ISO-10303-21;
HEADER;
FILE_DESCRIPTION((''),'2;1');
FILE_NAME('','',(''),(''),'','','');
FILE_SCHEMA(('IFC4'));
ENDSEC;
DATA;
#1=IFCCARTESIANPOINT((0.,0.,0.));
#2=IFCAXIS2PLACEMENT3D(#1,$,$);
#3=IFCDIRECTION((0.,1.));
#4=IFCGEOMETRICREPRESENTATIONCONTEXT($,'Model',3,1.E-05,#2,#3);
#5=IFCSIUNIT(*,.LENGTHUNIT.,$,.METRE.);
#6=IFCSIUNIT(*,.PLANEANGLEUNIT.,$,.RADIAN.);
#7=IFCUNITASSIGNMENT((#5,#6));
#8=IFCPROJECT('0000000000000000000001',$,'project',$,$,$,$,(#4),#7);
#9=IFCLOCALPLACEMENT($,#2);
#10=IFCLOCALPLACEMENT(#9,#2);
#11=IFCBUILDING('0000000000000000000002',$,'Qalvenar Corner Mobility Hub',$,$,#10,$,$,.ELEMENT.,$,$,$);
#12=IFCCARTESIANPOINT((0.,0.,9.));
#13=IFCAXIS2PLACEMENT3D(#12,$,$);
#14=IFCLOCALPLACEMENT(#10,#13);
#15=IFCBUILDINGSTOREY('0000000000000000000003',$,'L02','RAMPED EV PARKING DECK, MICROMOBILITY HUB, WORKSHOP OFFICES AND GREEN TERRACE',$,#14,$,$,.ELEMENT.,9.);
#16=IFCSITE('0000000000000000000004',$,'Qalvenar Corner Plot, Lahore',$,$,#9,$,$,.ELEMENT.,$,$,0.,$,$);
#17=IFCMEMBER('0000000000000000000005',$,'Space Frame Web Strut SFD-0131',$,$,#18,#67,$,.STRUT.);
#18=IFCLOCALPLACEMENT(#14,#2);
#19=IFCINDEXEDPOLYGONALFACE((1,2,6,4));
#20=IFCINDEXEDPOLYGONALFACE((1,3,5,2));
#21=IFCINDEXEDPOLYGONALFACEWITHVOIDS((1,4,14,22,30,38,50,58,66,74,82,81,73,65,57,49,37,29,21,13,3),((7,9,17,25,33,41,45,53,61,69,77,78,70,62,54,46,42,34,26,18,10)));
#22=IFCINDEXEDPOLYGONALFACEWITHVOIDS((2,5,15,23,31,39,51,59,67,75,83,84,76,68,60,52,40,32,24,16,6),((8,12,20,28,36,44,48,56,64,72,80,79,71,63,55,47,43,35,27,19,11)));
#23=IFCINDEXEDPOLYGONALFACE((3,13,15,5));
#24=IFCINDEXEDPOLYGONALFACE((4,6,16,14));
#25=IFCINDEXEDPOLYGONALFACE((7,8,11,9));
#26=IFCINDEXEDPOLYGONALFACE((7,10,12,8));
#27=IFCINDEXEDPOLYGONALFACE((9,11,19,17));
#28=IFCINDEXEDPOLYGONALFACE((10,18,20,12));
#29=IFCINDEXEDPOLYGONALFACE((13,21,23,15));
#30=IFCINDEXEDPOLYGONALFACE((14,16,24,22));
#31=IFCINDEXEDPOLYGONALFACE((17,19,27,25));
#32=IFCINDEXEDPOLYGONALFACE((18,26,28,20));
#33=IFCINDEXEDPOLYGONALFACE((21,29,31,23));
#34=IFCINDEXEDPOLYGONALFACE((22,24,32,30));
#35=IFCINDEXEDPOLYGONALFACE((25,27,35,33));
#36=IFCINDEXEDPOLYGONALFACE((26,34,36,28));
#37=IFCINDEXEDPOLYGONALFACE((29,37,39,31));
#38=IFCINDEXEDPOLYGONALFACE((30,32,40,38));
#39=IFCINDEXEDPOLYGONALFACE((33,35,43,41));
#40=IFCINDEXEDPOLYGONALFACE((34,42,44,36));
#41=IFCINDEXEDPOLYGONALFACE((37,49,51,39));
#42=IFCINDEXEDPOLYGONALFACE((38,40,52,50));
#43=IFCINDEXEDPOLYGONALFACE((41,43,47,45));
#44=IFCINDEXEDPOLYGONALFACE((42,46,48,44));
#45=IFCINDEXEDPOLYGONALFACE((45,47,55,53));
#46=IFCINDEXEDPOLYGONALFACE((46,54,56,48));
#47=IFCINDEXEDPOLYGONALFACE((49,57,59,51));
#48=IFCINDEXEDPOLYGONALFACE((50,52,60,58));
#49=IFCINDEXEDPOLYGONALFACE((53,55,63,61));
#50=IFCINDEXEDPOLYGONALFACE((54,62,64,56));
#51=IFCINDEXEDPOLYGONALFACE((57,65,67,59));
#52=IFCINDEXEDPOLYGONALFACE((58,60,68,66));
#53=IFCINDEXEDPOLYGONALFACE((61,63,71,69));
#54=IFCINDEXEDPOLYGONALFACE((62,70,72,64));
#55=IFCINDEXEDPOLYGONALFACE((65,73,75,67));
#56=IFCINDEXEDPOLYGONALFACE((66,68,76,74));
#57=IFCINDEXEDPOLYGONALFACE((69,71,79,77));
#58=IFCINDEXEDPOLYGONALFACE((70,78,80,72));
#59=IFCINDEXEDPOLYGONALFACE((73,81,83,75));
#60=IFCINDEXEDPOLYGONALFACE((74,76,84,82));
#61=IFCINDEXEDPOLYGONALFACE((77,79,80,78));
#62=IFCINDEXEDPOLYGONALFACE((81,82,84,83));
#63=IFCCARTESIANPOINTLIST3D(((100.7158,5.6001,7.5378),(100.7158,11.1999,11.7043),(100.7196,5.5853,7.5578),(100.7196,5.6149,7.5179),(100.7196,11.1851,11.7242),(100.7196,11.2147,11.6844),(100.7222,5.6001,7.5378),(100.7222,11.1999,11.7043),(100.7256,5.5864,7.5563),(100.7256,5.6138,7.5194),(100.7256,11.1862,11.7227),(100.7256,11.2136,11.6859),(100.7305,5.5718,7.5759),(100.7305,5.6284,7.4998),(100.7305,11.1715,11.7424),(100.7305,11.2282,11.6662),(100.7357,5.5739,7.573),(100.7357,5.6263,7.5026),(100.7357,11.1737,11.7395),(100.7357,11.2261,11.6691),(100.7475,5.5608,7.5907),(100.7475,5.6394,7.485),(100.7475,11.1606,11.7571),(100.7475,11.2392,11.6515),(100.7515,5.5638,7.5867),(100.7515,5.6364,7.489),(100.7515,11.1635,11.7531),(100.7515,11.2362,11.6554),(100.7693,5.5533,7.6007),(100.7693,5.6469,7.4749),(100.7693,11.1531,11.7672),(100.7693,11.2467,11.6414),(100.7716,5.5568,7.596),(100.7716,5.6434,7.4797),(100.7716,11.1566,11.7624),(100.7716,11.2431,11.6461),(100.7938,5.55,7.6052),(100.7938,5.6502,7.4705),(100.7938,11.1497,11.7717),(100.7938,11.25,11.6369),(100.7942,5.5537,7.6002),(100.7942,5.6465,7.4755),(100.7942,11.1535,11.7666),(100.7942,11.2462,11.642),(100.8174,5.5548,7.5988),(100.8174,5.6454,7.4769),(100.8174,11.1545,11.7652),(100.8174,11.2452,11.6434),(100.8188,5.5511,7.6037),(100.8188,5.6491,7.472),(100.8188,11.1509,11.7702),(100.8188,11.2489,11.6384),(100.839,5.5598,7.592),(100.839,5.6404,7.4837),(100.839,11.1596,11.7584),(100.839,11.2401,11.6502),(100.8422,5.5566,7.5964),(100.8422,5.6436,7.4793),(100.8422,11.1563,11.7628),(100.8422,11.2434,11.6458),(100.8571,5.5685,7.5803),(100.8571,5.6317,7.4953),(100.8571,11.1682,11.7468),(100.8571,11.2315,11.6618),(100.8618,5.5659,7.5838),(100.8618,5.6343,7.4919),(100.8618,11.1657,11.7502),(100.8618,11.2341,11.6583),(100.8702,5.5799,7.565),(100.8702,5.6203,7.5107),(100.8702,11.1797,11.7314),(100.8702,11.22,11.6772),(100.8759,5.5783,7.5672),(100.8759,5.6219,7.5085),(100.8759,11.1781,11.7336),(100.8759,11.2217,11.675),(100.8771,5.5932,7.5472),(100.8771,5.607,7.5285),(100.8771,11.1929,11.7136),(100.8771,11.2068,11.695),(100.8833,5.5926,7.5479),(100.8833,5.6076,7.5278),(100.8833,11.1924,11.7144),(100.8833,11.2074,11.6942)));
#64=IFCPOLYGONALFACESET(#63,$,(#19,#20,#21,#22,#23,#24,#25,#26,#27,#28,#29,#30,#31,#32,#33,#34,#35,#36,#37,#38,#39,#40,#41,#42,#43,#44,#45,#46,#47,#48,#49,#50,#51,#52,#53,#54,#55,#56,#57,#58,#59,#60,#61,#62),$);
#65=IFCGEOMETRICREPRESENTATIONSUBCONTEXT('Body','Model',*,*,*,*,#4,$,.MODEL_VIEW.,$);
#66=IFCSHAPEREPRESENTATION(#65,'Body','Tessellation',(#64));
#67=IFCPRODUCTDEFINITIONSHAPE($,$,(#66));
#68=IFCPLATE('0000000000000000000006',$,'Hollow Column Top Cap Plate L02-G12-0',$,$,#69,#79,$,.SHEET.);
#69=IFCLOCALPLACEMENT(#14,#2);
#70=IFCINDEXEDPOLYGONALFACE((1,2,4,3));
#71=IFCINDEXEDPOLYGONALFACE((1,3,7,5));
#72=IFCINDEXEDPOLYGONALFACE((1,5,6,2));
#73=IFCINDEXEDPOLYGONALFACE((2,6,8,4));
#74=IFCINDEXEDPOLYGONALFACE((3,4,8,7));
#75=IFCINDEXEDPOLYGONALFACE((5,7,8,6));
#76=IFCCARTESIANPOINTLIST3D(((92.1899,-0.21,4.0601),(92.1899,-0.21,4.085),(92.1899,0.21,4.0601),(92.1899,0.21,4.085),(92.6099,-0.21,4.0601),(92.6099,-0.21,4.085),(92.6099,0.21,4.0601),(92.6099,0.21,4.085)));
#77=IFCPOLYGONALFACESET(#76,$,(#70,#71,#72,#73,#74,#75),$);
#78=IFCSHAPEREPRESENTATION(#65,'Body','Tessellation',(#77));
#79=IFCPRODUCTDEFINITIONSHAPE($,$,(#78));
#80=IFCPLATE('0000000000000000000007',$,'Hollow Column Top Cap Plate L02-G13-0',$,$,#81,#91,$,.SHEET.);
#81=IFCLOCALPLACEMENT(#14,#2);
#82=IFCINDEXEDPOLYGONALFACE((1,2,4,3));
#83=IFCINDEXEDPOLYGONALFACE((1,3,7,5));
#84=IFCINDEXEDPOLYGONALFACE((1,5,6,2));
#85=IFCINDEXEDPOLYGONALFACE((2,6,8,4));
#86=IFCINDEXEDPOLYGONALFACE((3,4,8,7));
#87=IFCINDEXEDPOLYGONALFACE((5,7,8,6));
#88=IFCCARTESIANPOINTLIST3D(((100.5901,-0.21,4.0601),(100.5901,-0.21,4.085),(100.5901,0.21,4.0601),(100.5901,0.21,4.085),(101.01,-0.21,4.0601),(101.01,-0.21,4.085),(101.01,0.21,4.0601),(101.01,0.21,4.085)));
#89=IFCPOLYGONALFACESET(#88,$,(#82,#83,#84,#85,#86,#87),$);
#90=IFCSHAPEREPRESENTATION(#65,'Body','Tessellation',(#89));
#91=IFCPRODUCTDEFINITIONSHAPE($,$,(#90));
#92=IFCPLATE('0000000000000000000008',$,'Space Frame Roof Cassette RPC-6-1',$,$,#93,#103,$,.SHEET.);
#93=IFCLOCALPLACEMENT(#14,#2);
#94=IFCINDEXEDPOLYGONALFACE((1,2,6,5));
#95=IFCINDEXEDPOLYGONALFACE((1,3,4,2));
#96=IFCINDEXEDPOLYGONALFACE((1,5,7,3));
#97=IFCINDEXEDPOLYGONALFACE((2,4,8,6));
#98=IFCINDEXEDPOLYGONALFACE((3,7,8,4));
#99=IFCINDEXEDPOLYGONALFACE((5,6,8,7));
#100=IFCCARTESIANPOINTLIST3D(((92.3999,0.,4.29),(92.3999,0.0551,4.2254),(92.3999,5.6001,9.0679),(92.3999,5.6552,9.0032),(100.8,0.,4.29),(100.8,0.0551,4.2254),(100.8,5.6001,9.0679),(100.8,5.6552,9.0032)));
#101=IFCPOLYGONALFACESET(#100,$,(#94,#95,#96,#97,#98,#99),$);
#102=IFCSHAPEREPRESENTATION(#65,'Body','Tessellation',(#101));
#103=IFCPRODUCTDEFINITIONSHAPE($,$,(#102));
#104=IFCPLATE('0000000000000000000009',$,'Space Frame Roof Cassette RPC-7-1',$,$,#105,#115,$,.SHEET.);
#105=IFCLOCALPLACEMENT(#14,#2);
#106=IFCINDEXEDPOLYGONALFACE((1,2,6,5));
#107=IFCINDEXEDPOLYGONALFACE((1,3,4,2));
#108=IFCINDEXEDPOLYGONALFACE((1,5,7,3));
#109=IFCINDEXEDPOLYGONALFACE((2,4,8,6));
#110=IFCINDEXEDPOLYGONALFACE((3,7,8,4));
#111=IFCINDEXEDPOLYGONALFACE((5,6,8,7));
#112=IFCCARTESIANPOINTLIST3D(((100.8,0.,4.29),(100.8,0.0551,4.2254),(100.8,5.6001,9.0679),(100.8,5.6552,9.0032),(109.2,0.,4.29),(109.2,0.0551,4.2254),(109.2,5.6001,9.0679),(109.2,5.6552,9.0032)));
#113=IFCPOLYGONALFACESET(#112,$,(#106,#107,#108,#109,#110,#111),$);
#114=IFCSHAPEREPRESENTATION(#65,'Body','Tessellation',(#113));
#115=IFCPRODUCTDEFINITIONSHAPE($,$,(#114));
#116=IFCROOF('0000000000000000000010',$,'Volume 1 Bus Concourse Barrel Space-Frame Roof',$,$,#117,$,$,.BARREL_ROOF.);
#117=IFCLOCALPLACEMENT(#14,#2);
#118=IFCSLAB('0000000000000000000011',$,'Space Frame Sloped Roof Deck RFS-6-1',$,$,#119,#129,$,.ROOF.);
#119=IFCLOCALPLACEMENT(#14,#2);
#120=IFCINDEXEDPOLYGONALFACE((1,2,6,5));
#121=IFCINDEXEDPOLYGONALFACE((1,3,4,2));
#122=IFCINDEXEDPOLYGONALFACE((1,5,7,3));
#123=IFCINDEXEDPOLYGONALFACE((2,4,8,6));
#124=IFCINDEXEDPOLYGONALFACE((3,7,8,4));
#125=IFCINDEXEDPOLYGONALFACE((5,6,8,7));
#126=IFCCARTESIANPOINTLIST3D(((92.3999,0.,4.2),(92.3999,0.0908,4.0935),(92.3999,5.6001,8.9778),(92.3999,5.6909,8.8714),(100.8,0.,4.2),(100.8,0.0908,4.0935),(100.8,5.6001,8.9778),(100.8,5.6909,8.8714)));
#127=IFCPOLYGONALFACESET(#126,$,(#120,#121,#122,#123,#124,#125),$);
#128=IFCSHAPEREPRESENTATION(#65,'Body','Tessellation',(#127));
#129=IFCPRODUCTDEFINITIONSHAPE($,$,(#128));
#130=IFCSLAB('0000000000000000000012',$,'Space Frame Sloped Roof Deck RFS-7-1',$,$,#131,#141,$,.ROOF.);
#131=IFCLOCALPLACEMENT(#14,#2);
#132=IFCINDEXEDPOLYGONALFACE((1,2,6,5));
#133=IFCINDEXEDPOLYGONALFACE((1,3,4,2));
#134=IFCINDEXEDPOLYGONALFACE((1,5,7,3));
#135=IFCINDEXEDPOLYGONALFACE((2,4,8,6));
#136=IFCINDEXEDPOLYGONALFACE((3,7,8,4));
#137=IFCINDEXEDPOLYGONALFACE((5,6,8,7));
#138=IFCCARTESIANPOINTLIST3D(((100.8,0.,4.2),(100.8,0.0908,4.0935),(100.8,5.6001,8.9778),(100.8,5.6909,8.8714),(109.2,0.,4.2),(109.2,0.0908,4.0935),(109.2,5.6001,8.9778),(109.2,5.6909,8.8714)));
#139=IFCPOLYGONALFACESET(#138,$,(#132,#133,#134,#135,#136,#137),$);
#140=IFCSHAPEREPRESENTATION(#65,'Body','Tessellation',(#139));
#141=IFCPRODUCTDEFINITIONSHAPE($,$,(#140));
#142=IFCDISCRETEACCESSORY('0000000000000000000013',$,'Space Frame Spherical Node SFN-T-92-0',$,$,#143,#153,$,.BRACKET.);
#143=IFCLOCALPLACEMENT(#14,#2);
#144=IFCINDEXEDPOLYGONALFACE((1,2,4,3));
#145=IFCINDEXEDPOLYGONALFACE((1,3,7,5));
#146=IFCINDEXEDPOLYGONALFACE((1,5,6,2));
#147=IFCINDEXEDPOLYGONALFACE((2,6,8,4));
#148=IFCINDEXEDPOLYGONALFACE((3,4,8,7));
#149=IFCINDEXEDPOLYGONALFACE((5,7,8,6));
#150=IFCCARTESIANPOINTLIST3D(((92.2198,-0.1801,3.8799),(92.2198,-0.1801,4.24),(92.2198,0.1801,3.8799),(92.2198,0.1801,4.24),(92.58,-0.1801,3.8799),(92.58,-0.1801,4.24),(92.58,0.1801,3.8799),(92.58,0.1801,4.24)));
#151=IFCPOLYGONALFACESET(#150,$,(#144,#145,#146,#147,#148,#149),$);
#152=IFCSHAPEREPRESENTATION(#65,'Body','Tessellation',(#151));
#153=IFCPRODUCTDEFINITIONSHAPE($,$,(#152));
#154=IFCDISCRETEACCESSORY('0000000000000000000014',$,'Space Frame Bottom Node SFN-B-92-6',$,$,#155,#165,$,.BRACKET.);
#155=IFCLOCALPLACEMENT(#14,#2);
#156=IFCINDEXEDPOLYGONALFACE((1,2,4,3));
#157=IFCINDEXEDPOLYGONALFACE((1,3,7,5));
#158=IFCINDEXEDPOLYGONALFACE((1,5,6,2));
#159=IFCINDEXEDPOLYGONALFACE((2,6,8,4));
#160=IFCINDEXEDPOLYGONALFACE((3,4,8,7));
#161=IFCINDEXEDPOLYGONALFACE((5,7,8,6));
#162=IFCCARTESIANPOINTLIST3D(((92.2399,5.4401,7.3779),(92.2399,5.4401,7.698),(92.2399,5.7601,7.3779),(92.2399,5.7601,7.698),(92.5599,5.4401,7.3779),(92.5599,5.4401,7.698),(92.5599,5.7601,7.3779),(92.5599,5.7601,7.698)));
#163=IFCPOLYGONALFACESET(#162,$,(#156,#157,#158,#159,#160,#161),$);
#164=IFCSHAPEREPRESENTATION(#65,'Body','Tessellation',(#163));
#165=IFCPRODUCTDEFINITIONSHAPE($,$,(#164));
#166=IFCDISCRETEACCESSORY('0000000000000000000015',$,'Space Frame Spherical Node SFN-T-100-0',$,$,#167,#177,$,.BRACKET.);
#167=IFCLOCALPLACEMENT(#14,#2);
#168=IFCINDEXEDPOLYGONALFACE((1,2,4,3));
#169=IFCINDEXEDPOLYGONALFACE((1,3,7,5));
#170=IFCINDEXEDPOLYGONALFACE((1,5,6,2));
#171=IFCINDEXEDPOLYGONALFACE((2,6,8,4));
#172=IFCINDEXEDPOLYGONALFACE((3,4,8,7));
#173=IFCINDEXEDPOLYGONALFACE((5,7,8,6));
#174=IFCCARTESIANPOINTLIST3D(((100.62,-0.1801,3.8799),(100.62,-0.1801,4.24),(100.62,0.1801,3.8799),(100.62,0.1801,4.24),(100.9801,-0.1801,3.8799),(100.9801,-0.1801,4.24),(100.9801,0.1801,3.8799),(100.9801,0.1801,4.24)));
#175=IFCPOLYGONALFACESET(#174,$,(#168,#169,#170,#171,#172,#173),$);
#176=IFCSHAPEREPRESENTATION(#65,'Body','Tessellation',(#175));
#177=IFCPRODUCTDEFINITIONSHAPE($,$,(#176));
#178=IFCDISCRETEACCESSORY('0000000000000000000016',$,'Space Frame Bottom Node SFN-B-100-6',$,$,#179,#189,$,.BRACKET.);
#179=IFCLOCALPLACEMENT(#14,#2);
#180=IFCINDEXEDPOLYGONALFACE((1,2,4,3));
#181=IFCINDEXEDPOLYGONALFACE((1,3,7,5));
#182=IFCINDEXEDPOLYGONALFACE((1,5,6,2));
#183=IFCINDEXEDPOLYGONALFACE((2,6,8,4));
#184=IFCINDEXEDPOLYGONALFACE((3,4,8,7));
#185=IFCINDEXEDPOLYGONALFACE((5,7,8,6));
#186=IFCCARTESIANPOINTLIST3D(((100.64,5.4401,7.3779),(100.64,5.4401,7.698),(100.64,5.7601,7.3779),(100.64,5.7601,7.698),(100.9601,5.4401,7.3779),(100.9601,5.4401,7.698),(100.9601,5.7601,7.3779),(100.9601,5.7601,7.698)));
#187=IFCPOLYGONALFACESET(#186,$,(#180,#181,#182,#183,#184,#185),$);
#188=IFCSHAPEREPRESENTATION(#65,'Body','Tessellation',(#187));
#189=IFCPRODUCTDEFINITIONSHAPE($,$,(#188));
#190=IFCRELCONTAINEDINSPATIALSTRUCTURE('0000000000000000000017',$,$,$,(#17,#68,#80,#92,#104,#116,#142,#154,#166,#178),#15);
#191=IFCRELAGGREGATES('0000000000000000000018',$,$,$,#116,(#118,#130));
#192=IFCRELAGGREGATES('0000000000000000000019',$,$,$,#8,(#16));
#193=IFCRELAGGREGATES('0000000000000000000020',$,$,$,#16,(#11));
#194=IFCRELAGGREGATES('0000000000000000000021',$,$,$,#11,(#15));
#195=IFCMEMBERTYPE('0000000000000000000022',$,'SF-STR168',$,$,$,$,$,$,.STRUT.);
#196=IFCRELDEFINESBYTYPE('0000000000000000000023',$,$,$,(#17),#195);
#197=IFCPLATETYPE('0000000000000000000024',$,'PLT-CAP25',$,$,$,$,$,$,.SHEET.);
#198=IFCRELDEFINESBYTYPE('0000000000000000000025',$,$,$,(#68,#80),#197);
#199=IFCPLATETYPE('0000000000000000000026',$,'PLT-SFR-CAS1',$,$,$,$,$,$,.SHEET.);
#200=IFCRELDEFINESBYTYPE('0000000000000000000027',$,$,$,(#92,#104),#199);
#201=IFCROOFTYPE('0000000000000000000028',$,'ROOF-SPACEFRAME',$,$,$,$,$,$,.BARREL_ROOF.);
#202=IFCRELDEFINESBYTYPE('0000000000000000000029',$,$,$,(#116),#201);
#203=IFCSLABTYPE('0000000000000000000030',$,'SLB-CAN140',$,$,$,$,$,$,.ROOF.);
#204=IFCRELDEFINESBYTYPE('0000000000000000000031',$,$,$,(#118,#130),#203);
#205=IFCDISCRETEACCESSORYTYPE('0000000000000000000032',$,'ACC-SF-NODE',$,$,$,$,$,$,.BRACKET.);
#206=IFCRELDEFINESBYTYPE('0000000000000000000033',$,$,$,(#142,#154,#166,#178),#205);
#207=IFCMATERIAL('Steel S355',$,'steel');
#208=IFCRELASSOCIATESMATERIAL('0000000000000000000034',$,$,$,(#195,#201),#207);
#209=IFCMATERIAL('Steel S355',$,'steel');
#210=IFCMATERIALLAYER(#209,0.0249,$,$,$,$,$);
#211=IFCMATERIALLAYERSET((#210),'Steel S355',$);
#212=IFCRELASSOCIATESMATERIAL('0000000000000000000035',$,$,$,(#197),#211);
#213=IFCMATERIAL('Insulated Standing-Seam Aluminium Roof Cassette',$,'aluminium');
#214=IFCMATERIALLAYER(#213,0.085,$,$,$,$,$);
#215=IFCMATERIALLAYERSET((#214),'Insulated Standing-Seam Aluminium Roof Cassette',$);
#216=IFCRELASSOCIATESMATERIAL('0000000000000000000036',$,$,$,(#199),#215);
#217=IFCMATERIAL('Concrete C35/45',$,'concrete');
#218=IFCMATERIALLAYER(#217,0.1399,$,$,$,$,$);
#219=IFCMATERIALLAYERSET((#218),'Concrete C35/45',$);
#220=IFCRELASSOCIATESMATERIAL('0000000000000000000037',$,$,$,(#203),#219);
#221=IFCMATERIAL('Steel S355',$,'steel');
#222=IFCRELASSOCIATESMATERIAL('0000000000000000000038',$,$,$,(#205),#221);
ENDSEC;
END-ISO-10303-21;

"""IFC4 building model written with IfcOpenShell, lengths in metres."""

from ifc_helpers import new_model, si_unit, direction, frame, origin, origin_2d, place, context, subcontext, project, spatial, polyline, rectangle, hollow_circle, outline, extrude, material, layer, layer_set, material_profile, profile_set, type_object, element, aggregate, save


model = new_model("IFC4")

# Units and contexts
model_context = context("Model", 3, precision=1e-05, world=origin(), true_north=direction((0.0, 1.0)))
body_context = subcontext(model_context, "Body", "Model", "MODEL_VIEW")
ifc_project = project(units=[si_unit("LENGTHUNIT", "METRE"), si_unit("PLANEANGLEUNIT", "RADIAN")], contexts=[model_context])

# Site, building, storey
site_placement = place(None, origin())
site = spatial("IfcSite", under=ifc_project, at=site_placement, Name="Qalvenar Corner Plot, Lahore", CompositionType="ELEMENT", RefElevation=0.0)
building_placement = place(site_placement, origin())
building = spatial("IfcBuilding", under=site, at=building_placement, Name="Qalvenar Corner Mobility Hub", CompositionType="ELEMENT")
storey_placement = place(building_placement, frame((0.0, 0.0, 9.0)))
storey = spatial("IfcBuildingStorey", under=building, at=storey_placement, Name="L02", Description="RAMPED EV PARKING DECK, MICROMOBILITY HUB, WORKSHOP OFFICES AND GREEN TERRACE", CompositionType="ELEMENT", Elevation=9.0)

# Shared definitions
ifc_material_1 = material(Name="Steel S355", Category="steel")

# Member
ifc_material_2 = material(Name="Steel S355", Category="steel")
ifc_material_profile_1 = material_profile(ifc_material_2, hollow_circle(Radius=0.0842, WallThickness=0.0063, at=origin_2d()), Name="CHS168.3x6.3")
ifc_profile_set_1 = profile_set([ifc_material_profile_1], Name="Steel S355")
member_type_1 = type_object("IfcMemberType", Name="SF-STR168", PredefinedType="STRUT", material=ifc_profile_set_1)
for number, where, z_axis, x_axis, name in (
    (1, (100.8, 5.6001, 7.5378), (0.0, 0.80229, 0.596934), (-1.0, 0.0, 0.0), "Space Frame Web Strut SFD-0131"),
):
    element("IfcMember", number, at=place(storey_placement, frame(where, z_axis=z_axis, x_axis=x_axis)), inside=storey, type_object=member_type_1, Name=name, PredefinedType="STRUT", context=body_context, shape_type="SweptSolid", body=[
        extrude(hollow_circle(Radius=0.0842, WallThickness=0.0063, at=origin_2d()), origin(), (0.0, 0.0, 1.0), 6.9797),
    ])

# Plates
ifc_material_3 = material(Name="Steel S355", Category="steel")
ifc_layer_1 = layer(ifc_material_3, 0.0249)
ifc_layer_set_1 = layer_set([ifc_layer_1], Name="Steel S355")
plate_type_1 = type_object("IfcPlateType", Name="PLT-CAP25", PredefinedType="SHEET", material=ifc_layer_set_1)
for number, where, z_axis, x_axis, name in (
    (2, (92.3999, 0.0, 4.0601), (0.0, 0.0, 1.0), (1.0, 0.0, 0.0), "Hollow Column Top Cap Plate L02-G12-0"),
    (3, (100.8, 0.0, 4.0601), (0.0, 0.0, 1.0), (1.0, 0.0, 0.0), "Hollow Column Top Cap Plate L02-G13-0"),
):
    element("IfcPlate", number, at=place(storey_placement, frame(where, z_axis=z_axis, x_axis=x_axis)), inside=storey, type_object=plate_type_1, Name=name, PredefinedType="SHEET", context=body_context, shape_type="SweptSolid", body=[
        extrude(rectangle(XDim=0.4199, YDim=0.4199, at=origin_2d()), origin(), (0.0, 0.0, 1.0), 0.0249),
    ])
ifc_material_4 = material(Name="Insulated Standing-Seam Aluminium Roof Cassette", Category="aluminium")
ifc_layer_2 = layer(ifc_material_4, 0.085)
ifc_layer_set_2 = layer_set([ifc_layer_2], Name="Insulated Standing-Seam Aluminium Roof Cassette")
plate_type_2 = type_object("IfcPlateType", Name="PLT-SFR-CAS1", PredefinedType="SHEET", material=ifc_layer_set_2)
plate_1_placement = place(storey_placement, frame((92.3999, 0.0, 4.29), z_axis=(0.0, -0.649047, 0.760748), x_axis=(1.0, 0.0, 0.0)))
element("IfcPlate", 4, at=plate_1_placement, inside=storey, type_object=plate_type_2, Name="Space Frame Roof Cassette RPC-6-1", PredefinedType="SHEET", context=body_context, shape_type="SweptSolid", body=[
    extrude(outline(polyline([(0.0, 0.0), (8.4001, 0.0), (8.4001, 7.3613), (0.0, 7.3613), (0.0, 0.0)])), origin(), (0.0, 0.0, -1.0), 0.085),
])
plate_2_placement = place(storey_placement, frame((100.8, 0.0, 4.29), z_axis=(0.0, -0.649047, 0.760748), x_axis=(1.0, 0.0, 0.0)))
element("IfcPlate", 5, at=plate_2_placement, inside=storey, type_object=plate_type_2, Name="Space Frame Roof Cassette RPC-7-1", PredefinedType="SHEET", context=body_context, shape_type="SweptSolid", body=[
    extrude(outline(polyline([(0.0, 0.0), (8.3999, 0.0), (8.3999, 7.3613), (0.0, 7.3613), (0.0, 0.0)])), origin(), (0.0, 0.0, -1.0), 0.085),
])

# Roof, slabs
roof_type = type_object("IfcRoofType", Name="ROOF-SPACEFRAME", PredefinedType="BARREL_ROOF", material=ifc_material_2)
roof_placement = place(storey_placement, origin())
roof = element("IfcRoof", 6, at=roof_placement, inside=storey, type_object=roof_type, Name="Volume 1 Bus Concourse Barrel Space-Frame Roof", PredefinedType="BARREL_ROOF")
ifc_material_5 = material(Name="Concrete C35/45", Category="concrete")
ifc_layer_3 = layer(ifc_material_5, 0.1399)
ifc_layer_set_3 = layer_set([ifc_layer_3], Name="Concrete C35/45")
slab_type = type_object("IfcSlabType", Name="SLB-CAN140", PredefinedType="ROOF", material=ifc_layer_set_3)
slab_1_placement = place(storey_placement, frame((92.3999, 0.0, 4.2), z_axis=(0.0, -0.649047, 0.760748), x_axis=(1.0, 0.0, 0.0)))
slab_1 = element("IfcSlab", 7, at=slab_1_placement, type_object=slab_type, Name="Space Frame Sloped Roof Deck RFS-6-1", PredefinedType="ROOF", context=body_context, shape_type="SweptSolid", body=[
    extrude(outline(polyline([(0.0, 0.0), (8.4001, 0.0), (8.4001, 7.3613), (0.0, 7.3613), (0.0, 0.0)])), origin(), (0.0, 0.0, -1.0), 0.1399),
])
slab_2_placement = place(storey_placement, frame((100.8, 0.0, 4.2), z_axis=(0.0, -0.649047, 0.760748), x_axis=(1.0, 0.0, 0.0)))
slab_2 = element("IfcSlab", 8, at=slab_2_placement, type_object=slab_type, Name="Space Frame Sloped Roof Deck RFS-7-1", PredefinedType="ROOF", context=body_context, shape_type="SweptSolid", body=[
    extrude(outline(polyline([(0.0, 0.0), (8.3999, 0.0), (8.3999, 7.3613), (0.0, 7.3613), (0.0, 0.0)])), origin(), (0.0, 0.0, -1.0), 0.1399),
])
aggregate(roof, [slab_1, slab_2])

# Discrete accessories
discrete_accessory_type = type_object("IfcDiscreteAccessoryType", Name="ACC-SF-NODE", PredefinedType="BRACKET", material=ifc_material_1)
discrete_accessory_1_placement = place(storey_placement, frame((92.3999, 0.0, 3.8799), z_axis=(0.0, 0.0, 1.0), x_axis=(1.0, 0.0, 0.0)))
element("IfcDiscreteAccessory", 9, at=discrete_accessory_1_placement, inside=storey, type_object=discrete_accessory_type, Name="Space Frame Spherical Node SFN-T-92-0", PredefinedType="BRACKET", context=body_context, shape_type="SweptSolid", body=[
    extrude(rectangle(XDim=0.3601, YDim=0.3601, at=origin_2d()), origin(), (0.0, 0.0, 1.0), 0.3601),
])
discrete_accessory_2_placement = place(storey_placement, frame((92.3999, 5.6001, 7.3779), z_axis=(0.0, 0.0, 1.0), x_axis=(1.0, 0.0, 0.0)))
element("IfcDiscreteAccessory", 10, at=discrete_accessory_2_placement, inside=storey, type_object=discrete_accessory_type, Name="Space Frame Bottom Node SFN-B-92-6", PredefinedType="BRACKET", context=body_context, shape_type="SweptSolid", body=[
    extrude(rectangle(XDim=0.3201, YDim=0.3201, at=origin_2d()), origin(), (0.0, 0.0, 1.0), 0.3201),
])
discrete_accessory_3_placement = place(storey_placement, frame((100.8, 0.0, 3.8799), z_axis=(0.0, 0.0, 1.0), x_axis=(1.0, 0.0, 0.0)))
element("IfcDiscreteAccessory", 11, at=discrete_accessory_3_placement, inside=storey, type_object=discrete_accessory_type, Name="Space Frame Spherical Node SFN-T-100-0", PredefinedType="BRACKET", context=body_context, shape_type="SweptSolid", body=[
    extrude(rectangle(XDim=0.3601, YDim=0.3601, at=origin_2d()), origin(), (0.0, 0.0, 1.0), 0.3601),
])
discrete_accessory_4_placement = place(storey_placement, frame((100.8, 5.6001, 7.3779), z_axis=(0.0, 0.0, 1.0), x_axis=(1.0, 0.0, 0.0)))
element("IfcDiscreteAccessory", 12, at=discrete_accessory_4_placement, inside=storey, type_object=discrete_accessory_type, Name="Space Frame Bottom Node SFN-B-100-6", PredefinedType="BRACKET", context=body_context, shape_type="SweptSolid", body=[
    extrude(rectangle(XDim=0.3201, YDim=0.3201, at=origin_2d()), origin(), (0.0, 0.0, 1.0), 0.3201),
])

save(model, "model.ifc")
